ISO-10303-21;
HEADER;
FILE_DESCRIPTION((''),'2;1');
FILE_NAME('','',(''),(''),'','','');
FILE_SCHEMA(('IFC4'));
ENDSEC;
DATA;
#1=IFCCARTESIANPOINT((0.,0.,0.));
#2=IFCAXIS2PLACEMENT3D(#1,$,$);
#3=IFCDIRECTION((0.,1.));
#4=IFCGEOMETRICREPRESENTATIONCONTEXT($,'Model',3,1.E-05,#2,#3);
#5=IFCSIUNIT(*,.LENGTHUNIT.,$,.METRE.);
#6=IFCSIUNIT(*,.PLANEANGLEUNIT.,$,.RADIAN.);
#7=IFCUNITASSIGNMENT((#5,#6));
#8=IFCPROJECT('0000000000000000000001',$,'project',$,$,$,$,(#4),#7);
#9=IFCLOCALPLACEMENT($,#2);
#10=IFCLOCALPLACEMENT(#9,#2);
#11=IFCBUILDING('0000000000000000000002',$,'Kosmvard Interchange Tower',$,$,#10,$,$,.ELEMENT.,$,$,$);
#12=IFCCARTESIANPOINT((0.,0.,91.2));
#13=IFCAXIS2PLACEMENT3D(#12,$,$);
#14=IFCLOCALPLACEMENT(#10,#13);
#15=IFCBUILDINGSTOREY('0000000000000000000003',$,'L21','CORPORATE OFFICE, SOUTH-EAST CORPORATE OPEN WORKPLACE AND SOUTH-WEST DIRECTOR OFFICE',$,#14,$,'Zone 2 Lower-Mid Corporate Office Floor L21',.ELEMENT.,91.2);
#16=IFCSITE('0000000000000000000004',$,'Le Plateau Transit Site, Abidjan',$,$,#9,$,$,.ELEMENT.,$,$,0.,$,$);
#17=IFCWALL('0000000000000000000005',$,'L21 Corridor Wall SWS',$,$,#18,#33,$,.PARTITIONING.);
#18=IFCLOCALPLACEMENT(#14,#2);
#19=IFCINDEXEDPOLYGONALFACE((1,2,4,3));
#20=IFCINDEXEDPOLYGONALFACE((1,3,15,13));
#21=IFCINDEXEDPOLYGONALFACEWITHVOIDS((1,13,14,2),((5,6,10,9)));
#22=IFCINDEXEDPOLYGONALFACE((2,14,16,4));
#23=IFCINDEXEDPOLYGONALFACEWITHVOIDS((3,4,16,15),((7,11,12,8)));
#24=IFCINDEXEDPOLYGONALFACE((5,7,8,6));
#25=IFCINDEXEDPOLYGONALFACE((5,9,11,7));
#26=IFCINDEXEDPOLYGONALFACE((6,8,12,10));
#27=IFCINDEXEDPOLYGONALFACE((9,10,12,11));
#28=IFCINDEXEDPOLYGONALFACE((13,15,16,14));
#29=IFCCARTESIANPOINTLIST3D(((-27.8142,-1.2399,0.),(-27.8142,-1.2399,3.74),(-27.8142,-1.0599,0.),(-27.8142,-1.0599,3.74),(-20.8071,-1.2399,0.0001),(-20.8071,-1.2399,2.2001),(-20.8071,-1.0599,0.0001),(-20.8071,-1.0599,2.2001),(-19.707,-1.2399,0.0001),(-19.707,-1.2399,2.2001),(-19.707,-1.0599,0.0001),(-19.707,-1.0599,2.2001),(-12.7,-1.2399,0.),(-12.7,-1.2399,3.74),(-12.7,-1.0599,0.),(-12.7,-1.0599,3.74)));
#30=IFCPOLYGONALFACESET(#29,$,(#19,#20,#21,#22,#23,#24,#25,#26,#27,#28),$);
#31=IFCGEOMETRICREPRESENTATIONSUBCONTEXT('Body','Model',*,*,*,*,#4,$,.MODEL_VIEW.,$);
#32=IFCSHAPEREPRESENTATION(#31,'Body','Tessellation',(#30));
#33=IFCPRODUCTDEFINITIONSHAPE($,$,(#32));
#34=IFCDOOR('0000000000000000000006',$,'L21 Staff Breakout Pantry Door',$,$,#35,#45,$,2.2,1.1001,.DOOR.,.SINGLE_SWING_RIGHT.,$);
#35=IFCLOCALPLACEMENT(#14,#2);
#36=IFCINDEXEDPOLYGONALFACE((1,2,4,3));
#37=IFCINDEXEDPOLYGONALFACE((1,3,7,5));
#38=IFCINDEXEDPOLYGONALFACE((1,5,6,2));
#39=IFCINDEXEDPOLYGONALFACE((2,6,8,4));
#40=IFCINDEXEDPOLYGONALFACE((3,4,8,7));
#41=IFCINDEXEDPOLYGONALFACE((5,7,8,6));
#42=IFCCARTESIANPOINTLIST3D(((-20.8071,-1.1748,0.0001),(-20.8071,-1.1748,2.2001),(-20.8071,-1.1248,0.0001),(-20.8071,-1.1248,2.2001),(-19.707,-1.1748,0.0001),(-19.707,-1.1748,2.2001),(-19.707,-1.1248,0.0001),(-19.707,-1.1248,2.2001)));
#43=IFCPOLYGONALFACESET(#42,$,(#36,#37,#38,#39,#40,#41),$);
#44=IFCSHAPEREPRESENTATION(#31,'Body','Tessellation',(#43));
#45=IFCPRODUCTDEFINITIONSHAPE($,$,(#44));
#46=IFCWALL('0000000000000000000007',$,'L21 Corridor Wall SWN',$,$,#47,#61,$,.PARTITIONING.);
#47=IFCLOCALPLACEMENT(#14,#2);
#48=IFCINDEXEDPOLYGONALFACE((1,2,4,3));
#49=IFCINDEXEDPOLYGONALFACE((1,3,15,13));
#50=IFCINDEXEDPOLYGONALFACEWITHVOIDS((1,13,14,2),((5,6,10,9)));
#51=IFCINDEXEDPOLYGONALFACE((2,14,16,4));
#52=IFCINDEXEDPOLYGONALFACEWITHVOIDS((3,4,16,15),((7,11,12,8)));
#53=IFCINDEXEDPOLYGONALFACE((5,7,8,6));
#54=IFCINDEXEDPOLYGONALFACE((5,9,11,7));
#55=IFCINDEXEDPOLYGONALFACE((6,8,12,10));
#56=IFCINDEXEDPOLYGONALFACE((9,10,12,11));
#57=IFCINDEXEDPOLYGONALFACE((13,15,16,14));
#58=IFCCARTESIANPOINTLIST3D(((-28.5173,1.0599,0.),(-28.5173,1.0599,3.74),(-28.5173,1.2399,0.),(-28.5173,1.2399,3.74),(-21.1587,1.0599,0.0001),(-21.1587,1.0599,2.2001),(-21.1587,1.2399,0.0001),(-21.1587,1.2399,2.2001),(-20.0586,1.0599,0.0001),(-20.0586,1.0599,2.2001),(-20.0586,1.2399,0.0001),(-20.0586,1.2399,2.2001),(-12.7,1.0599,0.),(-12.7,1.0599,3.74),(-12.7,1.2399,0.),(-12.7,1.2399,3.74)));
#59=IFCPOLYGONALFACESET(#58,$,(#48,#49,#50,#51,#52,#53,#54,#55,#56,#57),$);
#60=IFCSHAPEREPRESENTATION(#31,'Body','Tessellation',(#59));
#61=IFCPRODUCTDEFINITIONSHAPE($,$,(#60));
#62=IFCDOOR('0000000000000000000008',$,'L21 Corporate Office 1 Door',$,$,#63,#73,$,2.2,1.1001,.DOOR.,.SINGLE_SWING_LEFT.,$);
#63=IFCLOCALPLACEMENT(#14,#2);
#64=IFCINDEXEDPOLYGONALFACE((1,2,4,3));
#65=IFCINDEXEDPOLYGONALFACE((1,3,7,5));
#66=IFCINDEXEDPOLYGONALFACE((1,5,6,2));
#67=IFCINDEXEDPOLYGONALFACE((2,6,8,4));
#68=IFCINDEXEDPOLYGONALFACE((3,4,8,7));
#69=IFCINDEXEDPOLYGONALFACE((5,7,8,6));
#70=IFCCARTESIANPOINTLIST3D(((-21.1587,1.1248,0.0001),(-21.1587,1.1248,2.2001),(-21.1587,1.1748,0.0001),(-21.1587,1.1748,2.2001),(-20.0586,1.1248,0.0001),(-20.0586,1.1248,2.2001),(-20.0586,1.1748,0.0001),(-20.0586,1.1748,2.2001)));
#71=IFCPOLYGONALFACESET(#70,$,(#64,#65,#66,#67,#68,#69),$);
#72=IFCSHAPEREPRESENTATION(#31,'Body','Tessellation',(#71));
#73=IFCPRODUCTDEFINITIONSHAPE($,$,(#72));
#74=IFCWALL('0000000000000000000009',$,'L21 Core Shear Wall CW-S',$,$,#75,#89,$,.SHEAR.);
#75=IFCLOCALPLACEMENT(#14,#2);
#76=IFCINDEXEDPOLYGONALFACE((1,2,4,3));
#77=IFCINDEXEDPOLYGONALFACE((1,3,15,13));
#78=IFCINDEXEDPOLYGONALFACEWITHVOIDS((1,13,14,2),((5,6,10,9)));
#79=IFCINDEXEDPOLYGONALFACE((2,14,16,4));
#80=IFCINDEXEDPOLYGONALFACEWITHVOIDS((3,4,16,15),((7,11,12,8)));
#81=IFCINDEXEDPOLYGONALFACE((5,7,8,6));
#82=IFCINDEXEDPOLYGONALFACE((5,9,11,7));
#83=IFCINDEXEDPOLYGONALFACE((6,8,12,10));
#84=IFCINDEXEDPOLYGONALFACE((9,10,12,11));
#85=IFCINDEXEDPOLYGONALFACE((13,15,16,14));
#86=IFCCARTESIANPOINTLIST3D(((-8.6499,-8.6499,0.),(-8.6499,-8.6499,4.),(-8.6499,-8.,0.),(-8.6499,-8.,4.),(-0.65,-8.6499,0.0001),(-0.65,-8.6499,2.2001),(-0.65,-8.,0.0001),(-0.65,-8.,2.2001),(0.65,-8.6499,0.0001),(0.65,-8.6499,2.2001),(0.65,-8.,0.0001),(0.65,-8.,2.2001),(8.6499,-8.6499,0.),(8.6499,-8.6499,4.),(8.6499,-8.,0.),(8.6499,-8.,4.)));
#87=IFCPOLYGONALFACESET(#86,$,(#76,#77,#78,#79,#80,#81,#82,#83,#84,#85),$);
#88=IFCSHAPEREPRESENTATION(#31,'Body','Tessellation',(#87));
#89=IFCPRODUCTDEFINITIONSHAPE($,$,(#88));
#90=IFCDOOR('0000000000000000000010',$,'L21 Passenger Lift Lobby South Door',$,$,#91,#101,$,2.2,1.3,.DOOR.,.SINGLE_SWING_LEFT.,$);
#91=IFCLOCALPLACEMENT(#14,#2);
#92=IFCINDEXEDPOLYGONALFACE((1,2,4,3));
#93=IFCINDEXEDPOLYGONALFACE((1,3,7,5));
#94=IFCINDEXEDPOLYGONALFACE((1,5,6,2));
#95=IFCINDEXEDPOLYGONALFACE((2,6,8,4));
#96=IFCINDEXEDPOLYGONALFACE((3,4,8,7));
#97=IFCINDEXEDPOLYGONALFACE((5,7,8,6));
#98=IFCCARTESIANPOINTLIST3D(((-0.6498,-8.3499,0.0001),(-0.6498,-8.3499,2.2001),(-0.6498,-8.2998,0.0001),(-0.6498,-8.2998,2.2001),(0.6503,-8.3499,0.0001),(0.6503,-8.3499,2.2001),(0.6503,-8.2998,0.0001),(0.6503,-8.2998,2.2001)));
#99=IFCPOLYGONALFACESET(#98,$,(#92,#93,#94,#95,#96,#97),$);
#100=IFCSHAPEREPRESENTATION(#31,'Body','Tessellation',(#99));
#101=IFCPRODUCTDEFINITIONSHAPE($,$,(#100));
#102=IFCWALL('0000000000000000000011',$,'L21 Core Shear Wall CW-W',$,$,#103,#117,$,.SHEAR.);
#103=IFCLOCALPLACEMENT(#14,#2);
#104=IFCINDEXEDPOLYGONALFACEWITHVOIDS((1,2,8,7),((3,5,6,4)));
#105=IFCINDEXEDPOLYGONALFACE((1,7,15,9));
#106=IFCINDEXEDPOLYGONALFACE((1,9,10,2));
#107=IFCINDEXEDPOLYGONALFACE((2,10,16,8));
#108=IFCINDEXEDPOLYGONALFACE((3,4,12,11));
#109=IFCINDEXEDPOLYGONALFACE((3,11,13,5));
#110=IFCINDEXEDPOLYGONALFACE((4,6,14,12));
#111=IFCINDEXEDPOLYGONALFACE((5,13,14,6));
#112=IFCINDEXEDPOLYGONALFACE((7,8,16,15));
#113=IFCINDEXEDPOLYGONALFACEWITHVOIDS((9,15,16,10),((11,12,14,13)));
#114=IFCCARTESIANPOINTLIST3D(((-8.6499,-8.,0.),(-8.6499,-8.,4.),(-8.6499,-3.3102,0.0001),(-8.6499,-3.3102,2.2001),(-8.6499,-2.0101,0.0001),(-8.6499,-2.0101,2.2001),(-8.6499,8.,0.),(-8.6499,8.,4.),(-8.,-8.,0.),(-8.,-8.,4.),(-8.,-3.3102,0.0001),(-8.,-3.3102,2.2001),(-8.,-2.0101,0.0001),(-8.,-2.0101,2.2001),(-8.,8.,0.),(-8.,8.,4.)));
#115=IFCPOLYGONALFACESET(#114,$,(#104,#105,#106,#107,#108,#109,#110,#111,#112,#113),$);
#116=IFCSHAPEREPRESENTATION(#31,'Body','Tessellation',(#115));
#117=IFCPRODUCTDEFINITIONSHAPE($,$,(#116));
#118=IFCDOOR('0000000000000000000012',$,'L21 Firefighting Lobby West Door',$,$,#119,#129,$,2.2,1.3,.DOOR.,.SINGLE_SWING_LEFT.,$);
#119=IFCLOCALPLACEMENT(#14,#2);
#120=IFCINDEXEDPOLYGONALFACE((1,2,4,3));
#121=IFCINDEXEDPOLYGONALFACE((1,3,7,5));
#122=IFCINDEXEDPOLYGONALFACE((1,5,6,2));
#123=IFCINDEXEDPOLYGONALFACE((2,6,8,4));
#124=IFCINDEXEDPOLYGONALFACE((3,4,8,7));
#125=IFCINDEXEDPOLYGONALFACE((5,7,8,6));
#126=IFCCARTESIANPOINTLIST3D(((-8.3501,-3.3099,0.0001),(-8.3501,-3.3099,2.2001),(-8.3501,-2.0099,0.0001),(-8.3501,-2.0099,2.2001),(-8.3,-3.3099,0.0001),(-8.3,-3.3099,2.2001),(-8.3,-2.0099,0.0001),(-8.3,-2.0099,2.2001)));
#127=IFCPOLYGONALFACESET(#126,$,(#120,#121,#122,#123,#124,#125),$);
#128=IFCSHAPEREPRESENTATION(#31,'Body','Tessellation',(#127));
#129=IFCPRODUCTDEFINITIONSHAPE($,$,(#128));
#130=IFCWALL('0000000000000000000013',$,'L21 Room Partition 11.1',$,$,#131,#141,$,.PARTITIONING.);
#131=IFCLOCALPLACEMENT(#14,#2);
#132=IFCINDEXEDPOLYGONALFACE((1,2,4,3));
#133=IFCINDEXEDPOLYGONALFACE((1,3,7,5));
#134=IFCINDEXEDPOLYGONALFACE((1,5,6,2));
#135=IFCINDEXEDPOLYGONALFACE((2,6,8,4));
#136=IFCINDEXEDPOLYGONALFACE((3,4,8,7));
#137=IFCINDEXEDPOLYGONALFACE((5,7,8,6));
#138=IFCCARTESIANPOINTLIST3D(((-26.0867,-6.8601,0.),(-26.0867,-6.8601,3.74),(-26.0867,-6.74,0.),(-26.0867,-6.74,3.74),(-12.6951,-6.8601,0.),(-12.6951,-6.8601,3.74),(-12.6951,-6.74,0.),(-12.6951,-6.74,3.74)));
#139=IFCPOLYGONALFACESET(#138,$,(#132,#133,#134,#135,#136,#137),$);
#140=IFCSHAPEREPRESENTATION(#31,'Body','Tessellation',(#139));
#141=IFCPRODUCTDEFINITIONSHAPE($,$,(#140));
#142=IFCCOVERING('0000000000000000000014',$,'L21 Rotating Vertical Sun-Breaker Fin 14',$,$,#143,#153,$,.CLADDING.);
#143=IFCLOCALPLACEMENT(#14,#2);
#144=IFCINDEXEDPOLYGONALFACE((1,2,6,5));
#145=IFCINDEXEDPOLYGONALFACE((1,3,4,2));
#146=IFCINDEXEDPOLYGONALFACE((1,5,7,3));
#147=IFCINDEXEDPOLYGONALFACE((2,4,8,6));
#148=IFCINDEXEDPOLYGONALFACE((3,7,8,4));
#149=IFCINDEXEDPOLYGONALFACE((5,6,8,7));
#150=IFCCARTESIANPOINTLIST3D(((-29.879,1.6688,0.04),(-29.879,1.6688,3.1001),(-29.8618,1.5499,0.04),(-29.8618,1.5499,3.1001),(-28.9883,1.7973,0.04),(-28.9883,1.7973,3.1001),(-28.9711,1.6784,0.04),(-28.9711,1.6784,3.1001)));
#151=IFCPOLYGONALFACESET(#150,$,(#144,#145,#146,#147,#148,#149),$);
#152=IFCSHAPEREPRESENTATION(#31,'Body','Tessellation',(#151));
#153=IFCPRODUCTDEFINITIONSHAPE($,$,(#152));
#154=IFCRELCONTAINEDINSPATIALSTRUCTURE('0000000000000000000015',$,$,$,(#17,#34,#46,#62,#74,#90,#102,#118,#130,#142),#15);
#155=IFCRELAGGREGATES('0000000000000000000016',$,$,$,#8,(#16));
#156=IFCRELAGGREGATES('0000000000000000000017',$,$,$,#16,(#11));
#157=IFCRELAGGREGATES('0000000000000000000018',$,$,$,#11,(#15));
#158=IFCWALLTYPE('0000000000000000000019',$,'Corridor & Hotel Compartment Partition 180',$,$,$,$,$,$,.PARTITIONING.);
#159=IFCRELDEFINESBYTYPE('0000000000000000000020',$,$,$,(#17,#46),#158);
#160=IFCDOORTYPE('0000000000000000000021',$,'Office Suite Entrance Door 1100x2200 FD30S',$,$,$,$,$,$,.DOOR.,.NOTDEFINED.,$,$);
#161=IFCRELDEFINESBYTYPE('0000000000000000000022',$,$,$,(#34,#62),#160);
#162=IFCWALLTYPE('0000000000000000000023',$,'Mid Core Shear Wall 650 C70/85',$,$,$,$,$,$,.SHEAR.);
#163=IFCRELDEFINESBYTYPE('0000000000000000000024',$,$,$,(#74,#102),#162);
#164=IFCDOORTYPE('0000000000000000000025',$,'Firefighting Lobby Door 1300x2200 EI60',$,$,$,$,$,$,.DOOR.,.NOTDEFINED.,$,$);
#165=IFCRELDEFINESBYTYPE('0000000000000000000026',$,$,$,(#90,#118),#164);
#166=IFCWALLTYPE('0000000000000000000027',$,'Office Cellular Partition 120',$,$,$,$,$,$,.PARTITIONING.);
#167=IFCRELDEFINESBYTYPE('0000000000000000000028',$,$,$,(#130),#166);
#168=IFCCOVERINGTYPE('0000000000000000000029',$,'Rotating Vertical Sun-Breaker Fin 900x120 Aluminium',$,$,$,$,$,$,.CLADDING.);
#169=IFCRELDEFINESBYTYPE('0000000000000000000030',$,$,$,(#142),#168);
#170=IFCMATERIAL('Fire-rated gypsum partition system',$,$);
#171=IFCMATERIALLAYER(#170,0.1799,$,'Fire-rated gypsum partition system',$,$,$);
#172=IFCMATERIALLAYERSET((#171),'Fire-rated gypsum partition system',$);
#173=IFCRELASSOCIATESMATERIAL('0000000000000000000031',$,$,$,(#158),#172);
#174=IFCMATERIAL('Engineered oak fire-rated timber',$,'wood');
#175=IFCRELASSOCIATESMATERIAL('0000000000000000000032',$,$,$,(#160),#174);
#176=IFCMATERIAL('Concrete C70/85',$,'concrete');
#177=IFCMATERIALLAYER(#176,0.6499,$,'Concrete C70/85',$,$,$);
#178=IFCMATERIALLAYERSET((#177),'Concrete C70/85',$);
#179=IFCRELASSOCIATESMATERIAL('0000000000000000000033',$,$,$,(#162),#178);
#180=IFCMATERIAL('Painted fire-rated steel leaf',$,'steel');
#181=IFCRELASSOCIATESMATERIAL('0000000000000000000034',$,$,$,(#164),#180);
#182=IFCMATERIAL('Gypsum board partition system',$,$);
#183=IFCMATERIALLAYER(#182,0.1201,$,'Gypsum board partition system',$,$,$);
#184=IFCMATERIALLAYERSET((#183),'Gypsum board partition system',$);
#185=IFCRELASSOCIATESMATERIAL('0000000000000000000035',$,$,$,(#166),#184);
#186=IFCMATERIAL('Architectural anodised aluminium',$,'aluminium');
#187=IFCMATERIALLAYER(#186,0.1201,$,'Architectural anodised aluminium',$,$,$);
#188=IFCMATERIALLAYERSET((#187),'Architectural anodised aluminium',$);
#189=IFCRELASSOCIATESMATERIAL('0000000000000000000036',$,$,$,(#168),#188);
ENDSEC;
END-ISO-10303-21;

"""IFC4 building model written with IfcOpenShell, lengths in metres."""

from ifc_helpers import new_model, si_unit, direction, frame, frame_2d, origin, origin_2d, place, context, subcontext, project, spatial, rectangle, extrude, source, transform, mapped, material, layer, layer_set, type_object, element, fill, save


model = new_model("IFC4")

# Units and contexts
model_context = context("Model", 3, precision=1e-05, world=origin(), true_north=direction((0.0, 1.0)))
body_context = subcontext(model_context, "Body", "Model", "MODEL_VIEW")
ifc_project = project(units=[si_unit("LENGTHUNIT", "METRE"), si_unit("PLANEANGLEUNIT", "RADIAN")], contexts=[model_context])

# Site, building, storey
site_placement = place(None, origin())
site = spatial("IfcSite", under=ifc_project, at=site_placement, Name="Le Plateau Transit Site, Abidjan", CompositionType="ELEMENT", RefElevation=0.0)
building_placement = place(site_placement, origin())
building = spatial("IfcBuilding", under=site, at=building_placement, Name="Kosmvard Interchange Tower", CompositionType="ELEMENT")
storey_placement = place(building_placement, frame((0.0, 0.0, 91.2)))
storey = spatial("IfcBuildingStorey", under=building, at=storey_placement, Name="L21", Description="CORPORATE OFFICE, SOUTH-EAST CORPORATE OPEN WORKPLACE AND SOUTH-WEST DIRECTOR OFFICE", LongName="Zone 2 Lower-Mid Corporate Office Floor L21", CompositionType="ELEMENT", Elevation=91.2)

# Shared definitions
ifc_material_1 = material(Name="Fire-rated gypsum partition system")
ifc_layer_1 = layer(ifc_material_1, 0.1799, Name="Fire-rated gypsum partition system")
ifc_layer_set_1 = layer_set([ifc_layer_1], Name="Fire-rated gypsum partition system")
wall_type_1 = type_object("IfcWallType", Name="Corridor & Hotel Compartment Partition 180", PredefinedType="PARTITIONING", material=ifc_layer_set_1)

# Walls, openings, doors
ifc_material_2 = material(Name="Engineered oak fire-rated timber", Category="wood")
door_type_1 = type_object("IfcDoorType", Name="Office Suite Entrance Door 1100x2200 FD30S", OperationType="NOTDEFINED", PredefinedType="DOOR", material=ifc_material_2)
shared_shape_1 = source(origin(), body_context, "Body", "SweptSolid", [
    extrude(rectangle(XDim=1.1001, YDim=2.2, at=frame_2d((0.55, 1.1001))), frame((0.0, 0.0249, 0.0), z_axis=(0.0, -1.0, 0.0), x_axis=(1.0, 0.0, 0.0)), (0.0, 0.0, 1.0), 0.05),
])
wall_1_placement = place(storey_placement, frame((-27.8142, -1.1499, 0.0), z_axis=(0.0, 0.0, 1.0), x_axis=(1.0, 0.0, 0.0)))
wall_1 = element("IfcWall", 1, at=wall_1_placement, inside=storey, type_object=wall_type_1, Name="L21 Corridor Wall SWS", PredefinedType="PARTITIONING", context=body_context, shape_type="SweptSolid", body=[
    extrude(rectangle(XDim=15.1143, YDim=0.1799, at=frame_2d((7.5571, 0.0))), origin(), (0.0, 0.0, 1.0), 3.74),
])
opening_1_placement = place(wall_1_placement, frame((7.0071, 0.0, 0.0)))
opening_1 = element("IfcOpeningElement", 2, at=opening_1_placement, cuts=wall_1, PredefinedType="OPENING", context=body_context, shape_type="SweptSolid", body=[
    extrude(rectangle(XDim=1.1001, YDim=2.2, at=frame_2d((0.55, 1.1001))), frame((0.0, 0.1001, 0.0), z_axis=(0.0, -1.0, 0.0), x_axis=(1.0, 0.0, 0.0)), (0.0, 0.0, 1.0), 0.2),
])
door_1_placement = place(opening_1_placement, frame((1.1001, 0.0, 0.0), z_axis=(0.0, 0.0, 1.0), x_axis=(-1.0, 0.0, 0.0)))
door_1 = element("IfcDoor", 3, at=door_1_placement, inside=storey, type_object=door_type_1, Name="L21 Staff Breakout Pantry Door", OperationType="SINGLE_SWING_RIGHT", OverallHeight=2.2, OverallWidth=1.1001, PredefinedType="DOOR", context=body_context, shape_type="MappedRepresentation", body=[
    mapped(shared_shape_1, transform((0.0, 0.0, 0.0), scale=1.0)),
])
fill(opening_1, door_1)
wall_2_placement = place(storey_placement, frame((-28.5173, 1.1499, 0.0), z_axis=(0.0, 0.0, 1.0), x_axis=(1.0, 0.0, 0.0)))
wall_2 = element("IfcWall", 4, at=wall_2_placement, inside=storey, type_object=wall_type_1, Name="L21 Corridor Wall SWN", PredefinedType="PARTITIONING", context=body_context, shape_type="SweptSolid", body=[
    extrude(rectangle(XDim=15.8174, YDim=0.1799, at=frame_2d((7.9087, 0.0))), origin(), (0.0, 0.0, 1.0), 3.74),
])
opening_2_placement = place(wall_2_placement, frame((7.3586, 0.0, 0.0)))
opening_2 = element("IfcOpeningElement", 5, at=opening_2_placement, cuts=wall_2, PredefinedType="OPENING", context=body_context, shape_type="SweptSolid", body=[
    extrude(rectangle(XDim=1.1001, YDim=2.2, at=frame_2d((0.55, 1.1001))), frame((0.0, 0.1001, 0.0), z_axis=(0.0, -1.0, 0.0), x_axis=(1.0, 0.0, 0.0)), (0.0, 0.0, 1.0), 0.2),
])
door_2_placement = place(opening_2_placement, origin())
door_2 = element("IfcDoor", 6, at=door_2_placement, inside=storey, type_object=door_type_1, Name="L21 Corporate Office 1 Door", OperationType="SINGLE_SWING_LEFT", OverallHeight=2.2, OverallWidth=1.1001, PredefinedType="DOOR", context=body_context, shape_type="MappedRepresentation", body=[
    mapped(shared_shape_1, transform((0.0, 0.0, 0.0), scale=1.0)),
])
fill(opening_2, door_2)
ifc_material_3 = material(Name="Concrete C70/85", Category="concrete")
ifc_layer_2 = layer(ifc_material_3, 0.6499, Name="Concrete C70/85")
ifc_layer_set_2 = layer_set([ifc_layer_2], Name="Concrete C70/85")
wall_type_2 = type_object("IfcWallType", Name="Mid Core Shear Wall 650 C70/85", PredefinedType="SHEAR", material=ifc_layer_set_2)
wall_3_placement = place(storey_placement, frame((-8.6499, -8.325, 0.0), z_axis=(0.0, 0.0, 1.0), x_axis=(1.0, 0.0, 0.0)))
wall_3 = element("IfcWall", 7, at=wall_3_placement, inside=storey, type_object=wall_type_2, Name="L21 Core Shear Wall CW-S", PredefinedType="SHEAR", context=body_context, shape_type="SweptSolid", body=[
    extrude(rectangle(XDim=17.2998, YDim=0.6499, at=frame_2d((8.6499, 0.0))), origin(), (0.0, 0.0, 1.0), 4.0),
])
opening_3_placement = place(wall_3_placement, frame((8.0, 0.0, 0.0)))
opening_3 = element("IfcOpeningElement", 8, at=opening_3_placement, cuts=wall_3, PredefinedType="OPENING", context=body_context, shape_type="SweptSolid", body=[
    extrude(rectangle(XDim=1.3, YDim=2.2, at=frame_2d((0.6499, 1.1001))), frame((0.0, 0.335, 0.0), z_axis=(0.0, -1.0, 0.0), x_axis=(1.0, 0.0, 0.0)), (0.0, 0.0, 1.0), 0.6699),
])
ifc_material_4 = material(Name="Painted fire-rated steel leaf", Category="steel")
door_type_2 = type_object("IfcDoorType", Name="Firefighting Lobby Door 1300x2200 EI60", OperationType="NOTDEFINED", PredefinedType="DOOR", material=ifc_material_4)
shared_shape_2 = source(origin(), body_context, "Body", "SweptSolid", [
    extrude(rectangle(XDim=1.3, YDim=2.2, at=frame_2d((0.6499, 1.1001))), frame((0.0, 0.0249, 0.0), z_axis=(0.0, -1.0, 0.0), x_axis=(1.0, 0.0, 0.0)), (0.0, 0.0, 1.0), 0.05),
])
door_3_placement = place(opening_3_placement, frame((1.3, 0.0, 0.0), z_axis=(0.0, 0.0, 1.0), x_axis=(-1.0, 0.0, 0.0)))
door_3 = element("IfcDoor", 9, at=door_3_placement, inside=storey, type_object=door_type_2, Name="L21 Passenger Lift Lobby South Door", OperationType="SINGLE_SWING_LEFT", OverallHeight=2.2, OverallWidth=1.3, PredefinedType="DOOR", context=body_context, shape_type="MappedRepresentation", body=[
    mapped(shared_shape_2, transform((0.0, 0.0, 0.0), scale=1.0)),
])
fill(opening_3, door_3)
wall_4_placement = place(storey_placement, frame((-8.325, -8.0, 0.0), z_axis=(0.0, 0.0, 1.0), x_axis=(0.0, 1.0, 0.0)))
wall_4 = element("IfcWall", 10, at=wall_4_placement, inside=storey, type_object=wall_type_2, Name="L21 Core Shear Wall CW-W", PredefinedType="SHEAR", context=body_context, shape_type="SweptSolid", body=[
    extrude(rectangle(XDim=16.0, YDim=0.6499, at=frame_2d((8.0, 0.0))), origin(), (0.0, 0.0, 1.0), 4.0),
])
opening_4_placement = place(wall_4_placement, frame((4.6899, 0.0, 0.0)))
opening_4 = element("IfcOpeningElement", 11, at=opening_4_placement, cuts=wall_4, PredefinedType="OPENING", context=body_context, shape_type="SweptSolid", body=[
    extrude(rectangle(XDim=1.3, YDim=2.2, at=frame_2d((0.6499, 1.1001))), frame((0.0, 0.335, 0.0), z_axis=(0.0, -1.0, 0.0), x_axis=(1.0, 0.0, 0.0)), (0.0, 0.0, 1.0), 0.6699),
])
door_4_placement = place(opening_4_placement, frame((1.3, 0.0, 0.0), z_axis=(0.0, 0.0, 1.0), x_axis=(-1.0, 0.0, 0.0)))
door_4 = element("IfcDoor", 12, at=door_4_placement, inside=storey, type_object=door_type_2, Name="L21 Firefighting Lobby West Door", OperationType="SINGLE_SWING_LEFT", OverallHeight=2.2, OverallWidth=1.3, PredefinedType="DOOR", context=body_context, shape_type="MappedRepresentation", body=[
    mapped(shared_shape_2, transform((0.0, 0.0, 0.0), scale=1.0)),
])
fill(opening_4, door_4)

# Wall
ifc_material_5 = material(Name="Gypsum board partition system")
ifc_layer_3 = layer(ifc_material_5, 0.1201, Name="Gypsum board partition system")
ifc_layer_set_3 = layer_set([ifc_layer_3], Name="Gypsum board partition system")
wall_type_3 = type_object("IfcWallType", Name="Office Cellular Partition 120", PredefinedType="PARTITIONING", material=ifc_layer_set_3)
wall_5_placement = place(storey_placement, frame((-26.0867, -6.8, 0.0), z_axis=(0.0, 0.0, 1.0), x_axis=(1.0, 0.0, 0.0)))
element("IfcWall", 13, at=wall_5_placement, inside=storey, type_object=wall_type_3, Name="L21 Room Partition 11.1", PredefinedType="PARTITIONING", context=body_context, shape_type="SweptSolid", body=[
    extrude(rectangle(XDim=13.3916, YDim=0.1201, at=frame_2d((6.6958, 0.0))), origin(), (0.0, 0.0, 1.0), 3.74),
])

# Covering
ifc_material_6 = material(Name="Architectural anodised aluminium", Category="aluminium")
ifc_layer_4 = layer(ifc_material_6, 0.1201, Name="Architectural anodised aluminium")
ifc_layer_set_4 = layer_set([ifc_layer_4], Name="Architectural anodised aluminium")
covering_type = type_object("IfcCoveringType", Name="Rotating Vertical Sun-Breaker Fin 900x120 Aluminium", PredefinedType="CLADDING", material=ifc_layer_set_4)
shared_shape_3 = source(origin(), body_context, "Body", "SweptSolid", [
    extrude(rectangle(XDim=0.8999, YDim=0.1201, at=origin_2d()), origin(), (0.0, 0.0, 1.0), 3.0601),
])
covering_placement = place(storey_placement, frame((-29.425, 1.6736, 0.04), z_axis=(0.0, 0.0, 1.0), x_axis=(-0.989751, -0.142802, 0.0)))
element("IfcCovering", 14, at=covering_placement, inside=storey, type_object=covering_type, Name="L21 Rotating Vertical Sun-Breaker Fin 14", PredefinedType="CLADDING", context=body_context, shape_type="MappedRepresentation", body=[
    mapped(shared_shape_3, transform((0.0, 0.0, 0.0), scale=1.0)),
])

save(model, "model.ifc")
